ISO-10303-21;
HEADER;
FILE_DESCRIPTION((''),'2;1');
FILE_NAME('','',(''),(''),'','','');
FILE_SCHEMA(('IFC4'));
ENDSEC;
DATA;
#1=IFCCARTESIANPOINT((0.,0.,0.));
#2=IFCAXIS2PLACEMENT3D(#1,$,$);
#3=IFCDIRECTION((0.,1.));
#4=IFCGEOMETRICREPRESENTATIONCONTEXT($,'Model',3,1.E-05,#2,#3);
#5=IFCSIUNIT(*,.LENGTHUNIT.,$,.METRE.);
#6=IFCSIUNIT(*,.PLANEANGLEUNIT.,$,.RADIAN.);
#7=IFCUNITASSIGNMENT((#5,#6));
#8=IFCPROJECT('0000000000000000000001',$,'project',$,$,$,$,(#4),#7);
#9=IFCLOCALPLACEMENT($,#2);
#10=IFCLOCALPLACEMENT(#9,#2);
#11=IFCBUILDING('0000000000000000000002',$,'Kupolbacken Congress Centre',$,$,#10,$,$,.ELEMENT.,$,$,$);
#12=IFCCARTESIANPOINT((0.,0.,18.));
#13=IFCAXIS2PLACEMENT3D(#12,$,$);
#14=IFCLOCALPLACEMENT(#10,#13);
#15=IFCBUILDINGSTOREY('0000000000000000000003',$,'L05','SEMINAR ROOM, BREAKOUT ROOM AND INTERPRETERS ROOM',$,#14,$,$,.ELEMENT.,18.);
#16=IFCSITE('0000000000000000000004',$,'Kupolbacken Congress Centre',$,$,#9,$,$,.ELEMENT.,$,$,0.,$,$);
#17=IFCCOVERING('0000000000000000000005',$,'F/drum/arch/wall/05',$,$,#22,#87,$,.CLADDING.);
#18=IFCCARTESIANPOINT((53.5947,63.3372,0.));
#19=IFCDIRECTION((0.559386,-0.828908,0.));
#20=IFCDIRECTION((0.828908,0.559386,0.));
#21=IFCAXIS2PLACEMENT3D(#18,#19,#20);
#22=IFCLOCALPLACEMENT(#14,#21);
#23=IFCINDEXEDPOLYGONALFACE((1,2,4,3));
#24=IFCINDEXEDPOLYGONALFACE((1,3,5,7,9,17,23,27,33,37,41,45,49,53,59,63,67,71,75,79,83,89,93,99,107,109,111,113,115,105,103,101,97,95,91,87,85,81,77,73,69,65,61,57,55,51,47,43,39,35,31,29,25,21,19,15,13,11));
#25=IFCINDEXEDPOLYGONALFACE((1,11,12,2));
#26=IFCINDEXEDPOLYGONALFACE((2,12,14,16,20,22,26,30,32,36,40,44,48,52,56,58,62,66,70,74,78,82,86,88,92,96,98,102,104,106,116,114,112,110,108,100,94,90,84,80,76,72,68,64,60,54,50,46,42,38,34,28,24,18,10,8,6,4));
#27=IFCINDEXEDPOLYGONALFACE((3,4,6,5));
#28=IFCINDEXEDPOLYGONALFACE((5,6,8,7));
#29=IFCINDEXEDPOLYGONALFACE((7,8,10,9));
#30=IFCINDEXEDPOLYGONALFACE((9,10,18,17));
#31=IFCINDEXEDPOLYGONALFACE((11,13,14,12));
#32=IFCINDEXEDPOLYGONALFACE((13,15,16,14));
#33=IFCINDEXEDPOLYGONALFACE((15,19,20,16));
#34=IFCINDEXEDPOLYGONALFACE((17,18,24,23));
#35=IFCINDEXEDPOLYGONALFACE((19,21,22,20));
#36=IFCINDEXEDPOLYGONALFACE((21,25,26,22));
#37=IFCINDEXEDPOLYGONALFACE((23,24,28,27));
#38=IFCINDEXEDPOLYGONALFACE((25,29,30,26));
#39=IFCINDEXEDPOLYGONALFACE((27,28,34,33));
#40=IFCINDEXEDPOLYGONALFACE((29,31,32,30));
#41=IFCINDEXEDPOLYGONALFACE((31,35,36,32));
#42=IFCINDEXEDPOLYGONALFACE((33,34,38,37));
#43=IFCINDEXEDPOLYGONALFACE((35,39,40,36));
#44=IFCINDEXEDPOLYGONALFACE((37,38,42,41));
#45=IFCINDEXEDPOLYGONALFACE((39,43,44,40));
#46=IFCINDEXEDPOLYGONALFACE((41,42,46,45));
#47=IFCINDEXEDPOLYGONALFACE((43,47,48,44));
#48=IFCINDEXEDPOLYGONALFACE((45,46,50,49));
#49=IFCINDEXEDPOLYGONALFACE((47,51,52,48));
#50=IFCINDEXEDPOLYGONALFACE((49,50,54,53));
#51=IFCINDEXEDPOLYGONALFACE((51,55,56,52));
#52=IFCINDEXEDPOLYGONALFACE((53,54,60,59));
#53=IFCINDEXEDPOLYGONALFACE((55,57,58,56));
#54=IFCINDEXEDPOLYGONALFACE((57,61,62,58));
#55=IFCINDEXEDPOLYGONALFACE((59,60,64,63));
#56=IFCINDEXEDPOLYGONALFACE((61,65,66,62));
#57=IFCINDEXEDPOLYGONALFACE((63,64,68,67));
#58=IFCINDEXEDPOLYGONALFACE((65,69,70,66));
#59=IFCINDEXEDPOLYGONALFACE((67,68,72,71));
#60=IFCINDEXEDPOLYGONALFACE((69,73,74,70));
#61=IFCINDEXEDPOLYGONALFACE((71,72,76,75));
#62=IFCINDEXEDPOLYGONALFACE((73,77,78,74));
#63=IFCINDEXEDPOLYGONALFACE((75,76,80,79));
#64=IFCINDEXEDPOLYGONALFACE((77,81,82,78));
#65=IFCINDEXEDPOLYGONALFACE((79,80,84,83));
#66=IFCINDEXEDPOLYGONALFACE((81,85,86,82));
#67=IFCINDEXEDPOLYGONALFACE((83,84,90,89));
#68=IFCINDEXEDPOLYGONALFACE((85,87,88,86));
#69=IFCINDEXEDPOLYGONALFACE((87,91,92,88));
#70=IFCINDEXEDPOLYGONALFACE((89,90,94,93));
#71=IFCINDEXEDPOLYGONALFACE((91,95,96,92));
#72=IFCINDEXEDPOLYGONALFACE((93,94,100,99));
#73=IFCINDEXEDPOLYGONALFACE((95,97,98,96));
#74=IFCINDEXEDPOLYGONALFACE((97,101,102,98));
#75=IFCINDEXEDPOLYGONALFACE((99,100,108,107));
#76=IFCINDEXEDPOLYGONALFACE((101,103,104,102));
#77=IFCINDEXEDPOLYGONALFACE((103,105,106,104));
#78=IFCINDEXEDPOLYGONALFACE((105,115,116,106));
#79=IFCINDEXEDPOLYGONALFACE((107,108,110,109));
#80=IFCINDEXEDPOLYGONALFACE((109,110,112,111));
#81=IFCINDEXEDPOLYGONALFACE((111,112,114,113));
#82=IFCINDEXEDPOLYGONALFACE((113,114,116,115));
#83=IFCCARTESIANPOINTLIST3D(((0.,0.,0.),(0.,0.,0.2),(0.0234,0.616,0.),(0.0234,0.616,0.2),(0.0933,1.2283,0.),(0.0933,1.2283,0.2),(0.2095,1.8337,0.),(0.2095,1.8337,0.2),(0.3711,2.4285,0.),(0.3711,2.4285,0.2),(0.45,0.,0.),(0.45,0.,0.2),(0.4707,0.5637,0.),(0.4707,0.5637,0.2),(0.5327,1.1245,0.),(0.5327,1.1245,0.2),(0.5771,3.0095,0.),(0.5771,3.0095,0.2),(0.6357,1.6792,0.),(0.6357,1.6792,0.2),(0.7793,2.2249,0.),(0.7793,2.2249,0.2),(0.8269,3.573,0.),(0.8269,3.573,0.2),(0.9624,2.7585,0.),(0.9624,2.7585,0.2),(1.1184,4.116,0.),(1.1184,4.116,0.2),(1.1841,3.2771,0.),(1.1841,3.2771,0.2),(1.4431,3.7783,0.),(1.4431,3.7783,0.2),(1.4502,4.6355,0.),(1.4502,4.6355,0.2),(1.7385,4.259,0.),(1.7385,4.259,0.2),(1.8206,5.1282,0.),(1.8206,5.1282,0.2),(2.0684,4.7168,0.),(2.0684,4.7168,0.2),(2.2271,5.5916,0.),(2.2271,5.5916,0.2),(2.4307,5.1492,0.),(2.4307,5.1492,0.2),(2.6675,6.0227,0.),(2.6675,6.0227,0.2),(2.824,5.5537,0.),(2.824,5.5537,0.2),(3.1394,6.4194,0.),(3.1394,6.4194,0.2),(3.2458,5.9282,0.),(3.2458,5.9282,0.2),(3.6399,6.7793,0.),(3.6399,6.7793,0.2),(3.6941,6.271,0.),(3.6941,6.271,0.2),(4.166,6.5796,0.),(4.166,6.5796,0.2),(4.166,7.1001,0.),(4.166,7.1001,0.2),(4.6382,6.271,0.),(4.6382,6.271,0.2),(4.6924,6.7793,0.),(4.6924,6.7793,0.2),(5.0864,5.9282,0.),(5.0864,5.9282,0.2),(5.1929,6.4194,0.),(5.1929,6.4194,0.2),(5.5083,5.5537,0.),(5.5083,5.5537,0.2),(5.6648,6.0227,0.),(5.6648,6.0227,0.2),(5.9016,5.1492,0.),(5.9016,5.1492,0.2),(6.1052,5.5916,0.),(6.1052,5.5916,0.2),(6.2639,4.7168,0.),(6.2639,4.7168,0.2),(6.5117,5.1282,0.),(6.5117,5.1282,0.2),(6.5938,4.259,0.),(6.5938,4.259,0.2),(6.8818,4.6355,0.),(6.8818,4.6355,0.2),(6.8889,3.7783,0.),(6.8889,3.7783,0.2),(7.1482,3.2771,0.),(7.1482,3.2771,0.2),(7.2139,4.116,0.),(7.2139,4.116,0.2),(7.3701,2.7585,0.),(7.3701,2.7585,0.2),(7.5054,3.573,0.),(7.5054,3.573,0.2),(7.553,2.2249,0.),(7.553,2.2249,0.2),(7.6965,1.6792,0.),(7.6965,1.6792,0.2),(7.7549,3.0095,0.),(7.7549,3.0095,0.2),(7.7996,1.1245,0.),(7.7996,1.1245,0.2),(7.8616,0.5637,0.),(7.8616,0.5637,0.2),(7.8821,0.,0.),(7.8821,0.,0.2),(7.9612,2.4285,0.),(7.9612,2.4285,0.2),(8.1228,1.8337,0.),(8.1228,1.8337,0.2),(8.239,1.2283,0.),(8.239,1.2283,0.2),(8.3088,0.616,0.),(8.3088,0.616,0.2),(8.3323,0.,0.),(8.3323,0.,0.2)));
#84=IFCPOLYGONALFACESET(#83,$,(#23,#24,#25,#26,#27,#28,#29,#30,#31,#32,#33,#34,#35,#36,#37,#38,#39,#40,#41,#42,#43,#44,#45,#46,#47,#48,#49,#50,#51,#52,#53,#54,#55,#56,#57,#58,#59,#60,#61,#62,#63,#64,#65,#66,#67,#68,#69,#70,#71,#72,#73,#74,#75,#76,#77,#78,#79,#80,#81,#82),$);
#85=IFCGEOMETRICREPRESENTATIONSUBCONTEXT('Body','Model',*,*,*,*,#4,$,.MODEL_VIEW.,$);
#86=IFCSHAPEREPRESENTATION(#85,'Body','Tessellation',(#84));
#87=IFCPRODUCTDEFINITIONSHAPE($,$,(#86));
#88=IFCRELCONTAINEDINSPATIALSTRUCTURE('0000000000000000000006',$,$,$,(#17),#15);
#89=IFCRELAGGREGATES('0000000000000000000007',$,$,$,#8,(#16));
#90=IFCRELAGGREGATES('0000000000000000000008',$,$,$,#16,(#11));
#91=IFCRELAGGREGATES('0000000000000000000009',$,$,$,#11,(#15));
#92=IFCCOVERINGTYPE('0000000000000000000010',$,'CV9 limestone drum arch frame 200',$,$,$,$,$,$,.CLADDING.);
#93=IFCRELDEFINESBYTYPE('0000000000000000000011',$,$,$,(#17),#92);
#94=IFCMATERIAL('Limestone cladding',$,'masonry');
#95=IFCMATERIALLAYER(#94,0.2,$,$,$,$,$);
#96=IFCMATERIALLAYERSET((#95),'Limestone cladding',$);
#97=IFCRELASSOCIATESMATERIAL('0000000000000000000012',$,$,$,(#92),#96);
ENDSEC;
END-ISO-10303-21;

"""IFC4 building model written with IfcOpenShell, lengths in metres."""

from ifc_helpers import new_model, si_unit, direction, frame, origin, place, context, subcontext, project, spatial, polyline, outline, extrude, material, layer, layer_set, type_object, element, save


model = new_model("IFC4")

# Units and contexts
model_context = context("Model", 3, precision=1e-05, world=origin(), true_north=direction((0.0, 1.0)))
body_context = subcontext(model_context, "Body", "Model", "MODEL_VIEW")
ifc_project = project(units=[si_unit("LENGTHUNIT", "METRE"), si_unit("PLANEANGLEUNIT", "RADIAN")], contexts=[model_context])

# Site, building, storey
site_placement = place(None, origin())
site = spatial("IfcSite", under=ifc_project, at=site_placement, Name="Kupolbacken Congress Centre", CompositionType="ELEMENT", RefElevation=0.0)
building_placement = place(site_placement, origin())
building = spatial("IfcBuilding", under=site, at=building_placement, Name="Kupolbacken Congress Centre", CompositionType="ELEMENT")
storey_placement = place(building_placement, frame((0.0, 0.0, 18.0)))
storey = spatial("IfcBuildingStorey", under=building, at=storey_placement, Name="L05", Description="SEMINAR ROOM, BREAKOUT ROOM AND INTERPRETERS ROOM", CompositionType="ELEMENT", Elevation=18.0)

# Covering
ifc_material_1 = material(Name="Limestone cladding", Category="masonry")
ifc_layer_1 = layer(ifc_material_1, 0.2)
ifc_layer_set_1 = layer_set([ifc_layer_1], Name="Limestone cladding")
covering_type = type_object("IfcCoveringType", Name="CV9 limestone drum arch frame 200", PredefinedType="CLADDING", material=ifc_layer_set_1)
covering_placement = place(storey_placement, frame((53.5947, 63.3372, 0.0), z_axis=(0.559386, -0.828908, 0.0), x_axis=(0.828908, 0.559386, 0.0)))
element("IfcCovering", 1, at=covering_placement, inside=storey, type_object=covering_type, Name="F/drum/arch/wall/05", PredefinedType="CLADDING", context=body_context, shape_type="SweptSolid", body=[
    extrude(outline(polyline([(0.0, 0.0), (0.0234, 0.616), (0.0933, 1.2283), (0.2095, 1.8337), (0.3711, 2.4285), (0.5771, 3.0095), (0.8269, 3.573), (1.1184, 4.116), (1.4502, 4.6355), (1.8206, 5.1282), (2.2271, 5.5916), (2.6675, 6.0227), (3.1394, 6.4194), (3.6399, 6.7793), (4.166, 7.1001), (4.6924, 6.7793), (5.1929, 6.4194), (5.6648, 6.0227), (6.1052, 5.5916), (6.5117, 5.1282), (6.8818, 4.6355), (7.2139, 4.116), (7.5054, 3.573), (7.7549, 3.0095), (7.9612, 2.4285), (8.1228, 1.8337), (8.239, 1.2283), (8.3088, 0.616), (8.3323, 0.0), (7.8821, 0.0), (7.8616, 0.5637), (7.7996, 1.1245), (7.6965, 1.6792), (7.553, 2.2249), (7.3701, 2.7585), (7.1482, 3.2771), (6.8889, 3.7783), (6.5938, 4.259), (6.2639, 4.7168), (5.9016, 5.1492), (5.5083, 5.5537), (5.0864, 5.9282), (4.6382, 6.271), (4.166, 6.5796), (3.6941, 6.271), (3.2458, 5.9282), (2.824, 5.5537), (2.4307, 5.1492), (2.0684, 4.7168), (1.7385, 4.259), (1.4431, 3.7783), (1.1841, 3.2771), (0.9624, 2.7585), (0.7793, 2.2249), (0.6357, 1.6792), (0.5327, 1.1245), (0.4707, 0.5637), (0.45, 0.0), (0.0, 0.0)])), origin(), (0.0, 0.0, 1.0), 0.2),
])

save(model, "model.ifc")
